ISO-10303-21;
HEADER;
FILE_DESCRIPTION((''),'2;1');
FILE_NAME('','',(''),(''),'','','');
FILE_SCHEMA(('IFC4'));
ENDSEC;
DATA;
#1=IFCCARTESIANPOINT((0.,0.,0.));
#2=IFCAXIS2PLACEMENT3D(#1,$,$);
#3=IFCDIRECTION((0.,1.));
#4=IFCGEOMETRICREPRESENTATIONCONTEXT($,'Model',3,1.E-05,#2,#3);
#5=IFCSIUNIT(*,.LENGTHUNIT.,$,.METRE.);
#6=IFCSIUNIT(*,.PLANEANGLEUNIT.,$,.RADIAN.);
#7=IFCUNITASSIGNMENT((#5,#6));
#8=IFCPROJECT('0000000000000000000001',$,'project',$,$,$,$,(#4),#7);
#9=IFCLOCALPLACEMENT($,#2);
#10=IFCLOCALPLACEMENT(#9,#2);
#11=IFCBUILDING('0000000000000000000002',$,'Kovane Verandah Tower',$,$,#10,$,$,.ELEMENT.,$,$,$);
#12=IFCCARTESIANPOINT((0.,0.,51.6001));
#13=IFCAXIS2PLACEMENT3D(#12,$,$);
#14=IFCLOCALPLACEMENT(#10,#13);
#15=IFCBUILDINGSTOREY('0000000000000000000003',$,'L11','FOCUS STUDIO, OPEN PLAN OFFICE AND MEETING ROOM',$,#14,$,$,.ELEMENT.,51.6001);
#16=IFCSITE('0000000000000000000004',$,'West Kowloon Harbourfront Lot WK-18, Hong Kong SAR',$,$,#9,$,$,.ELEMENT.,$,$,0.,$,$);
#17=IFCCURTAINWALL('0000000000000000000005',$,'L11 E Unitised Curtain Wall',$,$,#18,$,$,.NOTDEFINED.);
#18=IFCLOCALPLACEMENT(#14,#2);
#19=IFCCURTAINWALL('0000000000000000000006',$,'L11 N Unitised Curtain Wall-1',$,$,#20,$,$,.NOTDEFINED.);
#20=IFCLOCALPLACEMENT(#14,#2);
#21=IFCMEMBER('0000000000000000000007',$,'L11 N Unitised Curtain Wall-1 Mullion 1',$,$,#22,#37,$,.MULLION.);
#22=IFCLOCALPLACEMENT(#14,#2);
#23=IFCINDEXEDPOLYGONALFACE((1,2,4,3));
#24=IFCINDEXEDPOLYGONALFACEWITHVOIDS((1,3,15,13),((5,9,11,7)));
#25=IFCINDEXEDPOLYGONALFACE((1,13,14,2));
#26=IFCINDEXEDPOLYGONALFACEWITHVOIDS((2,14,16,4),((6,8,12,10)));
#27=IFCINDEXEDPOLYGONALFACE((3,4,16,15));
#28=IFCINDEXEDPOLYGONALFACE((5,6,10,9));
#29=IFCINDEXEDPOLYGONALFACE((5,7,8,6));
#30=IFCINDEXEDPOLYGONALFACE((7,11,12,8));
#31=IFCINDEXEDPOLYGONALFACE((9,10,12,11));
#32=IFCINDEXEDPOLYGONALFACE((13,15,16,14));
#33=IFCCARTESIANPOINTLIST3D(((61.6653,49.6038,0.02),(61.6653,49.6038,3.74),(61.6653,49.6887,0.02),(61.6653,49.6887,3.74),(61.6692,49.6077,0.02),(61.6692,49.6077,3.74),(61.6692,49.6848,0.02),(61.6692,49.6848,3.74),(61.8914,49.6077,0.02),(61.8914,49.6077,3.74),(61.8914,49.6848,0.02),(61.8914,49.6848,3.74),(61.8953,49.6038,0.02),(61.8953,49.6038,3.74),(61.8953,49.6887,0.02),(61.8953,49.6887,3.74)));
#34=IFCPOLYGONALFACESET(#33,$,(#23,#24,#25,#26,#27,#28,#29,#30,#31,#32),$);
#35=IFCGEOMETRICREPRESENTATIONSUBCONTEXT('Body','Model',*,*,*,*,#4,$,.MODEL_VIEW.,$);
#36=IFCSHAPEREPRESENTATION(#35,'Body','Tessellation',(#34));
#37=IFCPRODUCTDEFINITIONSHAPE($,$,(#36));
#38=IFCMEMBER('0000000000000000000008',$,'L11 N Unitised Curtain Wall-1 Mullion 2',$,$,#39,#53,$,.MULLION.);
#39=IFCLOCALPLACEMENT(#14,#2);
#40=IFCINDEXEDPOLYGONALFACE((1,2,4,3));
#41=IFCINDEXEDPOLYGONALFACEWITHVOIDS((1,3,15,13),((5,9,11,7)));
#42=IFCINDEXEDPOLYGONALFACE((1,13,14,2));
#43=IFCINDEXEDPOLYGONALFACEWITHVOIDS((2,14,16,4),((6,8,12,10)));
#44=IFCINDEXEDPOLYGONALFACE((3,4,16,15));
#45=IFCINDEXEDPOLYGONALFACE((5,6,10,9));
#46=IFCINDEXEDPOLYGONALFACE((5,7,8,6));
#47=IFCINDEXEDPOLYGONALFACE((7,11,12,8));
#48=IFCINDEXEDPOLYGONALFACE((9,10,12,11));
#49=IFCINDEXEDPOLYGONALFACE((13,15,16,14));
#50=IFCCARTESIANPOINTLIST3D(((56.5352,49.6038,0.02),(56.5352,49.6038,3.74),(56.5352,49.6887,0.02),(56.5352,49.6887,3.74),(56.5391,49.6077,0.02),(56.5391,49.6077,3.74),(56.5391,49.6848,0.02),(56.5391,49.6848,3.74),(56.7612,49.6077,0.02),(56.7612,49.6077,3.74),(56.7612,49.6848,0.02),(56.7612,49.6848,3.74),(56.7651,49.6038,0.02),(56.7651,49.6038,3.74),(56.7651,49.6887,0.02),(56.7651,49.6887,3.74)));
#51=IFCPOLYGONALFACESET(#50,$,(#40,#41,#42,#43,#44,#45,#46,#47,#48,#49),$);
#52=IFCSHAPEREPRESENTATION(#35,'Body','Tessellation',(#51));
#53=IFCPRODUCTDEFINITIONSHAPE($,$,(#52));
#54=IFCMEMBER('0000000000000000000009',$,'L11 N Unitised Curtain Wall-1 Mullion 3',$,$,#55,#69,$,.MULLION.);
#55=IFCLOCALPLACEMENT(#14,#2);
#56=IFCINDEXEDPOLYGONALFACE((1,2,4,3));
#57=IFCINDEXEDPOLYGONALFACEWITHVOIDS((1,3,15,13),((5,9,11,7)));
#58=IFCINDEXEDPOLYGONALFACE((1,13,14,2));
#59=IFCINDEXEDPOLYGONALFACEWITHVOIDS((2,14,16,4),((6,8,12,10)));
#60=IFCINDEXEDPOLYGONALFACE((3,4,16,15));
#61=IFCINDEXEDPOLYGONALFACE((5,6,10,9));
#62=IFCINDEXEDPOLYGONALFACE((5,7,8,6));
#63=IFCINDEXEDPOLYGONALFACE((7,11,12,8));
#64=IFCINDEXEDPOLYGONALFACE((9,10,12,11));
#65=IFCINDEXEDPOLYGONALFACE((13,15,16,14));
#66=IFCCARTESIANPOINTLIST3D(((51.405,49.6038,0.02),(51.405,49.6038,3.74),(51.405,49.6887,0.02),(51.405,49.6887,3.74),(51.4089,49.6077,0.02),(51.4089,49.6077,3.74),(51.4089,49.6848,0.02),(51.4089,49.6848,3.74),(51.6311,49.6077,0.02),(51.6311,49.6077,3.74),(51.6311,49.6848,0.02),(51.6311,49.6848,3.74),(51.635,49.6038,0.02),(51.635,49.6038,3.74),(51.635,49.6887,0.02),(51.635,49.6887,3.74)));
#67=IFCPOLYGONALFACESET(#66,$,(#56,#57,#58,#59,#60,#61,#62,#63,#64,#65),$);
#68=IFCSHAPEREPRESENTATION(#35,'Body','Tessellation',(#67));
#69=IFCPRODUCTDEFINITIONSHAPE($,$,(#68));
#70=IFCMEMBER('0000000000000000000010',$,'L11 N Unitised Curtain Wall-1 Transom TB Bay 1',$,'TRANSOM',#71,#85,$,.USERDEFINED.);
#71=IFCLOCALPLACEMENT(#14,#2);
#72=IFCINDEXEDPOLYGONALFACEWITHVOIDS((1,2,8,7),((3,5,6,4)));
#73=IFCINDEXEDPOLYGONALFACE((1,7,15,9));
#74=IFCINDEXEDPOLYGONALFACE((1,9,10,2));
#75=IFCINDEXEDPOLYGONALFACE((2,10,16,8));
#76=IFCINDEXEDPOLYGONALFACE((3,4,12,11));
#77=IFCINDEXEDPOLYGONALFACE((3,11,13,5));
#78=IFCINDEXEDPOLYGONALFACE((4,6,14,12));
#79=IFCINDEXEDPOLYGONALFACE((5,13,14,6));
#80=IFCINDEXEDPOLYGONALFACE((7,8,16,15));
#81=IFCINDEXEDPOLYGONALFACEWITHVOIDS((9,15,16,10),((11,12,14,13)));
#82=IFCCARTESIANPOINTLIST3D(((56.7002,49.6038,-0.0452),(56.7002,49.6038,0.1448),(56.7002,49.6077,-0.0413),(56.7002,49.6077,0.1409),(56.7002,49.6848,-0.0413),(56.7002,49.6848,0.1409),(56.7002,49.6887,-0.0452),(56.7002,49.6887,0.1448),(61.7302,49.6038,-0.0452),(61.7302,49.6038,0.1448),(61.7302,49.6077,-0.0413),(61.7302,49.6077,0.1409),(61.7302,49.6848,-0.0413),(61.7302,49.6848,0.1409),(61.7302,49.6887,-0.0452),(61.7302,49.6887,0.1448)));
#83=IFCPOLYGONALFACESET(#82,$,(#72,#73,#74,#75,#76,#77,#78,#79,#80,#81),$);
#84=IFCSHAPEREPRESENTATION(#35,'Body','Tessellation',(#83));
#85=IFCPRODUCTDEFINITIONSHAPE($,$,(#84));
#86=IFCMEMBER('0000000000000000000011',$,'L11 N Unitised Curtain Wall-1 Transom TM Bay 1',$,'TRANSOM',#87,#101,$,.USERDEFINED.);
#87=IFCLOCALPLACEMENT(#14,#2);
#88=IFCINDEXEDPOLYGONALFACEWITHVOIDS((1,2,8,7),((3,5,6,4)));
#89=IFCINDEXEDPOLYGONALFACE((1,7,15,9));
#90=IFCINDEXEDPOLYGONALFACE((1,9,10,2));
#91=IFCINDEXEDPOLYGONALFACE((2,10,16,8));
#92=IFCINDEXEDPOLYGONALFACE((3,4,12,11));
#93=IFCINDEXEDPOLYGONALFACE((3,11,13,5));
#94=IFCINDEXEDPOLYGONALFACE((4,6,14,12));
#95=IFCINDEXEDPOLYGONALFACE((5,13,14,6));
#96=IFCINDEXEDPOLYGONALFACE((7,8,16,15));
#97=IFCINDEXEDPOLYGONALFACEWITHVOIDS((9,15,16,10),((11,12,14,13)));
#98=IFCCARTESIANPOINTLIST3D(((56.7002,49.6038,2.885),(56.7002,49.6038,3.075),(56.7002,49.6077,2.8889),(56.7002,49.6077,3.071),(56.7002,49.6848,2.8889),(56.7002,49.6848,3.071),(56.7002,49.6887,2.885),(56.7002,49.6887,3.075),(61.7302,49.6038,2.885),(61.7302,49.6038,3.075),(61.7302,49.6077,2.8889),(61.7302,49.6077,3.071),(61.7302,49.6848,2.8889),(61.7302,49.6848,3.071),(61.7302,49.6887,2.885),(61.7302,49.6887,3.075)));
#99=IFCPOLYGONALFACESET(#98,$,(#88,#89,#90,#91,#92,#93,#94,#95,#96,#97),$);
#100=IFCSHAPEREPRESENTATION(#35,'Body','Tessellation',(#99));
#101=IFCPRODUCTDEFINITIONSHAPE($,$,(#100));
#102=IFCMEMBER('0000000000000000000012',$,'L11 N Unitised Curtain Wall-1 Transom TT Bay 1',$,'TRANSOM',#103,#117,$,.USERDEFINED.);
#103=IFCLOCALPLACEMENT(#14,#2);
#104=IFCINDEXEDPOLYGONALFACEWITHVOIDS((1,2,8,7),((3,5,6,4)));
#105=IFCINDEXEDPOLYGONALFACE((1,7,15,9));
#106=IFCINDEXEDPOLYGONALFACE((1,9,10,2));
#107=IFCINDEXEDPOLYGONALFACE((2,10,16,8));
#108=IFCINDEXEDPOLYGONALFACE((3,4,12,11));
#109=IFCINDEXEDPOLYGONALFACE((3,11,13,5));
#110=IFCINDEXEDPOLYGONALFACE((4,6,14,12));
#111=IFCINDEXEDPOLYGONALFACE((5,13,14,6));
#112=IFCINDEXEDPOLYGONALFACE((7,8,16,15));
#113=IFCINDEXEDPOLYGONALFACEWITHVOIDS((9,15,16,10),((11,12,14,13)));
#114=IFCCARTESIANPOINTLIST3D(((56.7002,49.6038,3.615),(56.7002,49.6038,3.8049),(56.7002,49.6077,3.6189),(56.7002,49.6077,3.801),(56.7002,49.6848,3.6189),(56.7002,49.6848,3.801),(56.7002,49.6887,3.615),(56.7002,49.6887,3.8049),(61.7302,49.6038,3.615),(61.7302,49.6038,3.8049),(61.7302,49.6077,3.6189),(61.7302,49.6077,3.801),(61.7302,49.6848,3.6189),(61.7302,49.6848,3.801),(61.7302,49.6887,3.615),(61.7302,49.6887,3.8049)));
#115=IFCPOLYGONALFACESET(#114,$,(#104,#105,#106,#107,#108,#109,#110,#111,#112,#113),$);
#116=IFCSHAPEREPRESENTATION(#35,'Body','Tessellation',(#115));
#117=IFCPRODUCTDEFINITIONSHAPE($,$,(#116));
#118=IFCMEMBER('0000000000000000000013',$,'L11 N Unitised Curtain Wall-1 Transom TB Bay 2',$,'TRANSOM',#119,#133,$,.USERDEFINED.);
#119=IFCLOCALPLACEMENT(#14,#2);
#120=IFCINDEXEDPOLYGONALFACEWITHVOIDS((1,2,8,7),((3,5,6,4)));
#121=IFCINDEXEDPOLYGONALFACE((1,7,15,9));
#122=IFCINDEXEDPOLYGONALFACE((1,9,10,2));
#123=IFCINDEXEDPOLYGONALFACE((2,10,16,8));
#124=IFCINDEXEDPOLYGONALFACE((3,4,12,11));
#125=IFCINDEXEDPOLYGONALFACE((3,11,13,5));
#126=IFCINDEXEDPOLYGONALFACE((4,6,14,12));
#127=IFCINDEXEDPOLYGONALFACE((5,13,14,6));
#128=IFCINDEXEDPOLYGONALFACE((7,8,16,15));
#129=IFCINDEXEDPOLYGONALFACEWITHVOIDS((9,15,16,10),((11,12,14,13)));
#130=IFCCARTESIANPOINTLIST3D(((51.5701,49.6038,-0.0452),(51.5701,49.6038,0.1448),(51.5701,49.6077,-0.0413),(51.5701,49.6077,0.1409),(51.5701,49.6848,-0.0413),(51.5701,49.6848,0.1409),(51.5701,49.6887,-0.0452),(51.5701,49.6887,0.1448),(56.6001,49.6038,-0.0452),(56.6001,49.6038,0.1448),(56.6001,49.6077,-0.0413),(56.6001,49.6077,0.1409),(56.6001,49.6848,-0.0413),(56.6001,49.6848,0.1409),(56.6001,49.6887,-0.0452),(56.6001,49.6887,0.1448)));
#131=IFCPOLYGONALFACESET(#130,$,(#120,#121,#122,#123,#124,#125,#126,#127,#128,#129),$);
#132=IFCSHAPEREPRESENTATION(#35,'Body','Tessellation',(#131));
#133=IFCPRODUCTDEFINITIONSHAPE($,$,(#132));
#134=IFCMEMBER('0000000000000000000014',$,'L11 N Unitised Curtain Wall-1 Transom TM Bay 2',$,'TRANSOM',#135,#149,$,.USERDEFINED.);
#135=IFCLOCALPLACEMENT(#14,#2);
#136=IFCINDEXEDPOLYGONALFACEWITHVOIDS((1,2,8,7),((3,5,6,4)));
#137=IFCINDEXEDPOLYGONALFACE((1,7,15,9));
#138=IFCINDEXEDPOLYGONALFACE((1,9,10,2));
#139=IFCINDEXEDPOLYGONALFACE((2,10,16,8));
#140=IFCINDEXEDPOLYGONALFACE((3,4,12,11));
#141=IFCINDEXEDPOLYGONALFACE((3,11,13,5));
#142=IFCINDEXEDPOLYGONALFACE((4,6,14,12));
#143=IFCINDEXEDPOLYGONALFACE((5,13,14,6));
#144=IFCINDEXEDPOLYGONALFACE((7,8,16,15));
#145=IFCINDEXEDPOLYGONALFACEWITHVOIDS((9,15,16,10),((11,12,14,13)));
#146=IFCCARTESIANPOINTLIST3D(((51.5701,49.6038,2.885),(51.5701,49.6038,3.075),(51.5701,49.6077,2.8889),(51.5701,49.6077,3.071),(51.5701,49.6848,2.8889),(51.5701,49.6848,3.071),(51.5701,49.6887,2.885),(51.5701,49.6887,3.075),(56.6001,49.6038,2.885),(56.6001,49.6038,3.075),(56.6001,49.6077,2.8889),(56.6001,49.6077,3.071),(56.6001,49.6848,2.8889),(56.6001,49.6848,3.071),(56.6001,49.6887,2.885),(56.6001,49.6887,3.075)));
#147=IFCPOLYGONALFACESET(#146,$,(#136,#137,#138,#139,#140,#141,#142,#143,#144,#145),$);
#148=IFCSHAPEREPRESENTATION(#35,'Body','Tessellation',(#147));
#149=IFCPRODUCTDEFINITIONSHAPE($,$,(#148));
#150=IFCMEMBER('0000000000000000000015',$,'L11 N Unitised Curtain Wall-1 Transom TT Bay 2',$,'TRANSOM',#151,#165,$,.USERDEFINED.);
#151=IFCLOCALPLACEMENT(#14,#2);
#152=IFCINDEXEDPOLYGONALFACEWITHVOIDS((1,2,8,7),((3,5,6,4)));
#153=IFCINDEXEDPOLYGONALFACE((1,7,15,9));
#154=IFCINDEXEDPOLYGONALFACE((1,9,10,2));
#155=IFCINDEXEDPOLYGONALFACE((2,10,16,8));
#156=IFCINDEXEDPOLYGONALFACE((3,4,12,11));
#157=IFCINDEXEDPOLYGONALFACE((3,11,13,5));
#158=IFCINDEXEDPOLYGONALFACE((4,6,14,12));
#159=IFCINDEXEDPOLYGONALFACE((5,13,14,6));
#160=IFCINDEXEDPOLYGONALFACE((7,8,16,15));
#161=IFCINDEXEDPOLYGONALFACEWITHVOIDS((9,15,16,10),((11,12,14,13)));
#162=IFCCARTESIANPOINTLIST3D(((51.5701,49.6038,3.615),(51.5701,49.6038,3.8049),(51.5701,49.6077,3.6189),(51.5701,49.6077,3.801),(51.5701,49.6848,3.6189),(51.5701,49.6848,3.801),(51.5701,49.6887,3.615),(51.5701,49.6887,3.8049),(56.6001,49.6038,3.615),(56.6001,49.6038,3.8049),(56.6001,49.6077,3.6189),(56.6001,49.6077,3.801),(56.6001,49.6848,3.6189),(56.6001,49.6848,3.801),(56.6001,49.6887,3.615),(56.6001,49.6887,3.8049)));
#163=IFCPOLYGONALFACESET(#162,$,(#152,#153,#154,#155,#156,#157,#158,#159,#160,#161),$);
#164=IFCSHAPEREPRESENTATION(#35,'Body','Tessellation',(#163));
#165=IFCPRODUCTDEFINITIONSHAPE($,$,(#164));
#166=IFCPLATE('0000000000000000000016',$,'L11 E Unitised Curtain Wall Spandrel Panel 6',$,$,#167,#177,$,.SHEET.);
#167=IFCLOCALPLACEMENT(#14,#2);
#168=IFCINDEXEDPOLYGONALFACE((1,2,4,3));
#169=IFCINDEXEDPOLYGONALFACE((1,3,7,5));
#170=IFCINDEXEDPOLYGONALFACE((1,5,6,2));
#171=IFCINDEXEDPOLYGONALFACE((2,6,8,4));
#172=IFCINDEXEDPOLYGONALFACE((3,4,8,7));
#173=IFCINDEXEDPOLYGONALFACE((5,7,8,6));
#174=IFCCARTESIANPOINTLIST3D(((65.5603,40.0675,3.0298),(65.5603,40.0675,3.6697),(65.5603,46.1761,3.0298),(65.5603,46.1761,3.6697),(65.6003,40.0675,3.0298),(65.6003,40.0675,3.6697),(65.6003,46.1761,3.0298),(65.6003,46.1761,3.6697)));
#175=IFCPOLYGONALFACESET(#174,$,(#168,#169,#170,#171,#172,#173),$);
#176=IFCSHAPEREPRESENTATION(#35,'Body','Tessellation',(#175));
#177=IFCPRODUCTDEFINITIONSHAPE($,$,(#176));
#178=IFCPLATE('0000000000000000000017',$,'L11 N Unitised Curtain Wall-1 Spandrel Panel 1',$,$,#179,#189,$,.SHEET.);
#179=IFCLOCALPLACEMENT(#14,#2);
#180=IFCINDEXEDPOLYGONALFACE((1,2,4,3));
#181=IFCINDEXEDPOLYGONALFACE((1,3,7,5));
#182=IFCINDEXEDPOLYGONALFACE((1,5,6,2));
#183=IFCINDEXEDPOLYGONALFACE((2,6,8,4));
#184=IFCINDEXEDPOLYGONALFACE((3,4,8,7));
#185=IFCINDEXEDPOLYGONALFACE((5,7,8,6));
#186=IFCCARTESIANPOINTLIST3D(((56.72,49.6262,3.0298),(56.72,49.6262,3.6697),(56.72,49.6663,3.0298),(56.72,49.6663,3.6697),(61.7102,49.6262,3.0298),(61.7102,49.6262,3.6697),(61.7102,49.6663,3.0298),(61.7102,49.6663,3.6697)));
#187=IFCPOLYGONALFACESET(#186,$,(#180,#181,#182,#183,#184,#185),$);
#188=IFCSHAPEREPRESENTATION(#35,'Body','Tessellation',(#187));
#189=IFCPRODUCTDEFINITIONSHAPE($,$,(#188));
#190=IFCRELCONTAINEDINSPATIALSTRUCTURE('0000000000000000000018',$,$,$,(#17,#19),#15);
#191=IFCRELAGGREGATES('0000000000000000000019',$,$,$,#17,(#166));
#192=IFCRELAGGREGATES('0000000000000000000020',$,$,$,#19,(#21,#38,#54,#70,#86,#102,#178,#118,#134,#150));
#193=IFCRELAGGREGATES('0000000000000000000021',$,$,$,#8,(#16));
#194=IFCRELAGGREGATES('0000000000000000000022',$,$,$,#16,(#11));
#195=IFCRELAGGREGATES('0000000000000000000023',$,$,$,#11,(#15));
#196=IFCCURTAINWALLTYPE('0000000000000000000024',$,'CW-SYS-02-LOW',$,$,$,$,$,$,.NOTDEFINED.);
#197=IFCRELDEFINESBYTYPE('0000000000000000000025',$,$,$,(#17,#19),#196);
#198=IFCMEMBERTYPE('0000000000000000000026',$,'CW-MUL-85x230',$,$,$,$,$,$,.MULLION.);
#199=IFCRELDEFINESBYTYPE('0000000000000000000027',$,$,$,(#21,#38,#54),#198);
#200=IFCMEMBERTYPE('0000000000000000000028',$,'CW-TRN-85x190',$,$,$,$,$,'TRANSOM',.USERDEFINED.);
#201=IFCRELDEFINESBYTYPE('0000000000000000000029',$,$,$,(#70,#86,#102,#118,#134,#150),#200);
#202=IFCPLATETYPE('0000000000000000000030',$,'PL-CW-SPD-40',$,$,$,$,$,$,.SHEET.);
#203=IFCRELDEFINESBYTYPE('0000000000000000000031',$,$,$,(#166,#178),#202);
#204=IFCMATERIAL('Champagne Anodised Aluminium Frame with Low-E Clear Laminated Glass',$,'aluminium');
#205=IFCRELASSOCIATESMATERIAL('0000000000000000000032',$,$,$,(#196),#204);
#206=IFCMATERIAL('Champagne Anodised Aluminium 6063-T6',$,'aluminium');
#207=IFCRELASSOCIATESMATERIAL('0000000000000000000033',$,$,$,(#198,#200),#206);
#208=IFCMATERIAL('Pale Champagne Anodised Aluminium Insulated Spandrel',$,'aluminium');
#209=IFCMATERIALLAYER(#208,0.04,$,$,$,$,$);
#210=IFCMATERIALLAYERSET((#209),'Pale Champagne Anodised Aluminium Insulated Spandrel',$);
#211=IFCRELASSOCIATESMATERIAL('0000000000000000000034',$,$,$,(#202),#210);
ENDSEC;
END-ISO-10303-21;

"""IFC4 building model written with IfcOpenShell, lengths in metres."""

from ifc_helpers import new_model, si_unit, direction, frame, origin, origin_2d, place, context, subcontext, project, spatial, rectangle, hollow_rectangle, extrude, material, layer, layer_set, material_profile, profile_set, type_object, element, aggregate, save


model = new_model("IFC4")

# Units and contexts
model_context = context("Model", 3, precision=1e-05, world=origin(), true_north=direction((0.0, 1.0)))
body_context = subcontext(model_context, "Body", "Model", "MODEL_VIEW")
ifc_project = project(units=[si_unit("LENGTHUNIT", "METRE"), si_unit("PLANEANGLEUNIT", "RADIAN")], contexts=[model_context])

# Site, building, storey
site_placement = place(None, origin())
site = spatial("IfcSite", under=ifc_project, at=site_placement, Name="West Kowloon Harbourfront Lot WK-18, Hong Kong SAR", CompositionType="ELEMENT", RefElevation=0.0)
building_placement = place(site_placement, origin())
building = spatial("IfcBuilding", under=site, at=building_placement, Name="Kovane Verandah Tower", CompositionType="ELEMENT")
storey_placement = place(building_placement, frame((0.0, 0.0, 51.6001)))
storey = spatial("IfcBuildingStorey", under=building, at=storey_placement, Name="L11", Description="FOCUS STUDIO, OPEN PLAN OFFICE AND MEETING ROOM", CompositionType="ELEMENT", Elevation=51.6001)

# Curtain wall
ifc_material_1 = material(Name="Champagne Anodised Aluminium Frame with Low-E Clear Laminated Glass", Category="aluminium")
curtain_wall_type = type_object("IfcCurtainWallType", Name="CW-SYS-02-LOW", PredefinedType="NOTDEFINED", material=ifc_material_1)
curtain_wall_1_placement = place(storey_placement, origin())
curtain_wall_1 = element("IfcCurtainWall", 1, at=curtain_wall_1_placement, inside=storey, type_object=curtain_wall_type, Name="L11 E Unitised Curtain Wall", PredefinedType="NOTDEFINED")
ifc_material_2 = material(Name="Champagne Anodised Aluminium 6063-T6", Category="aluminium")
ifc_material_profile_1 = material_profile(ifc_material_2, hollow_rectangle(XDim=0.085, YDim=0.23, WallThickness=0.0039, at=origin_2d()), Name="AL85x230x4")
ifc_profile_set_1 = profile_set([ifc_material_profile_1], Name="Champagne Anodised Aluminium 6063-T6")
member_type_1 = type_object("IfcMemberType", Name="CW-MUL-85x230", PredefinedType="MULLION", material=ifc_profile_set_1)

# Curtain wall, members
curtain_wall_2_placement = place(storey_placement, origin())
curtain_wall_2 = element("IfcCurtainWall", 2, at=curtain_wall_2_placement, inside=storey, type_object=curtain_wall_type, Name="L11 N Unitised Curtain Wall-1", PredefinedType="NOTDEFINED")
member_1_placement = place(storey_placement, frame((61.7803, 49.6462, 0.02), z_axis=(0.0, 0.0, 1.0), x_axis=(0.0, 1.0, 0.0)))
member_1 = element("IfcMember", 3, at=member_1_placement, type_object=member_type_1, Name="L11 N Unitised Curtain Wall-1 Mullion 1", PredefinedType="MULLION", context=body_context, shape_type="SweptSolid", body=[
    extrude(hollow_rectangle(XDim=0.085, YDim=0.23, WallThickness=0.0039, at=origin_2d()), origin(), (0.0, 0.0, 1.0), 3.72),
])
member_2_placement = place(storey_placement, frame((56.6501, 49.6462, 0.02), z_axis=(0.0, 0.0, 1.0), x_axis=(0.0, 1.0, 0.0)))
member_2 = element("IfcMember", 4, at=member_2_placement, type_object=member_type_1, Name="L11 N Unitised Curtain Wall-1 Mullion 2", PredefinedType="MULLION", context=body_context, shape_type="SweptSolid", body=[
    extrude(hollow_rectangle(XDim=0.085, YDim=0.23, WallThickness=0.0039, at=origin_2d()), origin(), (0.0, 0.0, 1.0), 3.72),
])
member_3_placement = place(storey_placement, frame((51.52, 49.6462, 0.02), z_axis=(0.0, 0.0, 1.0), x_axis=(0.0, 1.0, 0.0)))
member_3 = element("IfcMember", 5, at=member_3_placement, type_object=member_type_1, Name="L11 N Unitised Curtain Wall-1 Mullion 3", PredefinedType="MULLION", context=body_context, shape_type="SweptSolid", body=[
    extrude(hollow_rectangle(XDim=0.085, YDim=0.23, WallThickness=0.0039, at=origin_2d()), origin(), (0.0, 0.0, 1.0), 3.72),
])
ifc_material_profile_2 = material_profile(ifc_material_2, hollow_rectangle(XDim=0.085, YDim=0.1899, WallThickness=0.0039, at=origin_2d()), Name="AL85x190x4")
ifc_profile_set_2 = profile_set([ifc_material_profile_2], Name="Champagne Anodised Aluminium 6063-T6")
member_type_2 = type_object("IfcMemberType", Name="CW-TRN-85x190", ElementType="TRANSOM", PredefinedType="USERDEFINED", material=ifc_profile_set_2)
member_4_placement = place(storey_placement, frame((61.7302, 49.6462, 0.0498), z_axis=(-1.0, 0.0, 0.0), x_axis=(0.0, -1.0, 0.0)))
member_4 = element("IfcMember", 6, at=member_4_placement, type_object=member_type_2, Name="L11 N Unitised Curtain Wall-1 Transom TB Bay 1", ObjectType="TRANSOM", PredefinedType="USERDEFINED", context=body_context, shape_type="SweptSolid", body=[
    extrude(hollow_rectangle(XDim=0.085, YDim=0.1899, WallThickness=0.0039, at=origin_2d()), origin(), (0.0, 0.0, 1.0), 5.03),
])
member_5_placement = place(storey_placement, frame((61.7302, 49.6462, 2.98), z_axis=(-1.0, 0.0, 0.0), x_axis=(0.0, -1.0, 0.0)))
member_5 = element("IfcMember", 7, at=member_5_placement, type_object=member_type_2, Name="L11 N Unitised Curtain Wall-1 Transom TM Bay 1", ObjectType="TRANSOM", PredefinedType="USERDEFINED", context=body_context, shape_type="SweptSolid", body=[
    extrude(hollow_rectangle(XDim=0.085, YDim=0.1899, WallThickness=0.0039, at=origin_2d()), origin(), (0.0, 0.0, 1.0), 5.03),
])
member_6_placement = place(storey_placement, frame((61.7302, 49.6462, 3.71), z_axis=(-1.0, 0.0, 0.0), x_axis=(0.0, -1.0, 0.0)))
member_6 = element("IfcMember", 8, at=member_6_placement, type_object=member_type_2, Name="L11 N Unitised Curtain Wall-1 Transom TT Bay 1", ObjectType="TRANSOM", PredefinedType="USERDEFINED", context=body_context, shape_type="SweptSolid", body=[
    extrude(hollow_rectangle(XDim=0.085, YDim=0.1899, WallThickness=0.0039, at=origin_2d()), origin(), (0.0, 0.0, 1.0), 5.03),
])
member_7_placement = place(storey_placement, frame((56.6001, 49.6462, 0.0498), z_axis=(-1.0, 0.0, 0.0), x_axis=(0.0, -1.0, 0.0)))
member_7 = element("IfcMember", 9, at=member_7_placement, type_object=member_type_2, Name="L11 N Unitised Curtain Wall-1 Transom TB Bay 2", ObjectType="TRANSOM", PredefinedType="USERDEFINED", context=body_context, shape_type="SweptSolid", body=[
    extrude(hollow_rectangle(XDim=0.085, YDim=0.1899, WallThickness=0.0039, at=origin_2d()), origin(), (0.0, 0.0, 1.0), 5.03),
])
member_8_placement = place(storey_placement, frame((56.6001, 49.6462, 2.98), z_axis=(-1.0, 0.0, 0.0), x_axis=(0.0, -1.0, 0.0)))
member_8 = element("IfcMember", 10, at=member_8_placement, type_object=member_type_2, Name="L11 N Unitised Curtain Wall-1 Transom TM Bay 2", ObjectType="TRANSOM", PredefinedType="USERDEFINED", context=body_context, shape_type="SweptSolid", body=[
    extrude(hollow_rectangle(XDim=0.085, YDim=0.1899, WallThickness=0.0039, at=origin_2d()), origin(), (0.0, 0.0, 1.0), 5.03),
])
member_9_placement = place(storey_placement, frame((56.6001, 49.6462, 3.71), z_axis=(-1.0, 0.0, 0.0), x_axis=(0.0, -1.0, 0.0)))
member_9 = element("IfcMember", 11, at=member_9_placement, type_object=member_type_2, Name="L11 N Unitised Curtain Wall-1 Transom TT Bay 2", ObjectType="TRANSOM", PredefinedType="USERDEFINED", context=body_context, shape_type="SweptSolid", body=[
    extrude(hollow_rectangle(XDim=0.085, YDim=0.1899, WallThickness=0.0039, at=origin_2d()), origin(), (0.0, 0.0, 1.0), 5.03),
])

# Plates
ifc_material_3 = material(Name="Pale Champagne Anodised Aluminium Insulated Spandrel", Category="aluminium")
ifc_layer_1 = layer(ifc_material_3, 0.04)
ifc_layer_set_1 = layer_set([ifc_layer_1], Name="Pale Champagne Anodised Aluminium Insulated Spandrel")
plate_type_1 = type_object("IfcPlateType", Name="PL-CW-SPD-40", PredefinedType="SHEET", material=ifc_layer_set_1)
plate_1_placement = place(storey_placement, frame((65.5803, 43.1218, 3.0298), z_axis=(0.0, 0.0, 1.0), x_axis=(0.0, 1.0, 0.0)))
plate_1 = element("IfcPlate", 12, at=plate_1_placement, type_object=plate_type_1, Name="L11 E Unitised Curtain Wall Spandrel Panel 6", PredefinedType="SHEET", context=body_context, shape_type="SweptSolid", body=[
    extrude(rectangle(XDim=6.1086, YDim=0.04, at=origin_2d()), origin(), (0.0, 0.0, 1.0), 0.6399),
])
aggregate(curtain_wall_1, [plate_1])
plate_2_placement = place(storey_placement, frame((59.2151, 49.6462, 3.0298), z_axis=(0.0, 0.0, 1.0), x_axis=(-1.0, 0.0, 0.0)))
plate_2 = element("IfcPlate", 13, at=plate_2_placement, type_object=plate_type_1, Name="L11 N Unitised Curtain Wall-1 Spandrel Panel 1", PredefinedType="SHEET", context=body_context, shape_type="SweptSolid", body=[
    extrude(rectangle(XDim=4.9902, YDim=0.04, at=origin_2d()), origin(), (0.0, 0.0, 1.0), 0.6399),
])
aggregate(curtain_wall_2, [member_1, member_2, member_3, member_4, member_5, member_6, plate_2, member_7, member_8, member_9])

save(model, "model.ifc")
